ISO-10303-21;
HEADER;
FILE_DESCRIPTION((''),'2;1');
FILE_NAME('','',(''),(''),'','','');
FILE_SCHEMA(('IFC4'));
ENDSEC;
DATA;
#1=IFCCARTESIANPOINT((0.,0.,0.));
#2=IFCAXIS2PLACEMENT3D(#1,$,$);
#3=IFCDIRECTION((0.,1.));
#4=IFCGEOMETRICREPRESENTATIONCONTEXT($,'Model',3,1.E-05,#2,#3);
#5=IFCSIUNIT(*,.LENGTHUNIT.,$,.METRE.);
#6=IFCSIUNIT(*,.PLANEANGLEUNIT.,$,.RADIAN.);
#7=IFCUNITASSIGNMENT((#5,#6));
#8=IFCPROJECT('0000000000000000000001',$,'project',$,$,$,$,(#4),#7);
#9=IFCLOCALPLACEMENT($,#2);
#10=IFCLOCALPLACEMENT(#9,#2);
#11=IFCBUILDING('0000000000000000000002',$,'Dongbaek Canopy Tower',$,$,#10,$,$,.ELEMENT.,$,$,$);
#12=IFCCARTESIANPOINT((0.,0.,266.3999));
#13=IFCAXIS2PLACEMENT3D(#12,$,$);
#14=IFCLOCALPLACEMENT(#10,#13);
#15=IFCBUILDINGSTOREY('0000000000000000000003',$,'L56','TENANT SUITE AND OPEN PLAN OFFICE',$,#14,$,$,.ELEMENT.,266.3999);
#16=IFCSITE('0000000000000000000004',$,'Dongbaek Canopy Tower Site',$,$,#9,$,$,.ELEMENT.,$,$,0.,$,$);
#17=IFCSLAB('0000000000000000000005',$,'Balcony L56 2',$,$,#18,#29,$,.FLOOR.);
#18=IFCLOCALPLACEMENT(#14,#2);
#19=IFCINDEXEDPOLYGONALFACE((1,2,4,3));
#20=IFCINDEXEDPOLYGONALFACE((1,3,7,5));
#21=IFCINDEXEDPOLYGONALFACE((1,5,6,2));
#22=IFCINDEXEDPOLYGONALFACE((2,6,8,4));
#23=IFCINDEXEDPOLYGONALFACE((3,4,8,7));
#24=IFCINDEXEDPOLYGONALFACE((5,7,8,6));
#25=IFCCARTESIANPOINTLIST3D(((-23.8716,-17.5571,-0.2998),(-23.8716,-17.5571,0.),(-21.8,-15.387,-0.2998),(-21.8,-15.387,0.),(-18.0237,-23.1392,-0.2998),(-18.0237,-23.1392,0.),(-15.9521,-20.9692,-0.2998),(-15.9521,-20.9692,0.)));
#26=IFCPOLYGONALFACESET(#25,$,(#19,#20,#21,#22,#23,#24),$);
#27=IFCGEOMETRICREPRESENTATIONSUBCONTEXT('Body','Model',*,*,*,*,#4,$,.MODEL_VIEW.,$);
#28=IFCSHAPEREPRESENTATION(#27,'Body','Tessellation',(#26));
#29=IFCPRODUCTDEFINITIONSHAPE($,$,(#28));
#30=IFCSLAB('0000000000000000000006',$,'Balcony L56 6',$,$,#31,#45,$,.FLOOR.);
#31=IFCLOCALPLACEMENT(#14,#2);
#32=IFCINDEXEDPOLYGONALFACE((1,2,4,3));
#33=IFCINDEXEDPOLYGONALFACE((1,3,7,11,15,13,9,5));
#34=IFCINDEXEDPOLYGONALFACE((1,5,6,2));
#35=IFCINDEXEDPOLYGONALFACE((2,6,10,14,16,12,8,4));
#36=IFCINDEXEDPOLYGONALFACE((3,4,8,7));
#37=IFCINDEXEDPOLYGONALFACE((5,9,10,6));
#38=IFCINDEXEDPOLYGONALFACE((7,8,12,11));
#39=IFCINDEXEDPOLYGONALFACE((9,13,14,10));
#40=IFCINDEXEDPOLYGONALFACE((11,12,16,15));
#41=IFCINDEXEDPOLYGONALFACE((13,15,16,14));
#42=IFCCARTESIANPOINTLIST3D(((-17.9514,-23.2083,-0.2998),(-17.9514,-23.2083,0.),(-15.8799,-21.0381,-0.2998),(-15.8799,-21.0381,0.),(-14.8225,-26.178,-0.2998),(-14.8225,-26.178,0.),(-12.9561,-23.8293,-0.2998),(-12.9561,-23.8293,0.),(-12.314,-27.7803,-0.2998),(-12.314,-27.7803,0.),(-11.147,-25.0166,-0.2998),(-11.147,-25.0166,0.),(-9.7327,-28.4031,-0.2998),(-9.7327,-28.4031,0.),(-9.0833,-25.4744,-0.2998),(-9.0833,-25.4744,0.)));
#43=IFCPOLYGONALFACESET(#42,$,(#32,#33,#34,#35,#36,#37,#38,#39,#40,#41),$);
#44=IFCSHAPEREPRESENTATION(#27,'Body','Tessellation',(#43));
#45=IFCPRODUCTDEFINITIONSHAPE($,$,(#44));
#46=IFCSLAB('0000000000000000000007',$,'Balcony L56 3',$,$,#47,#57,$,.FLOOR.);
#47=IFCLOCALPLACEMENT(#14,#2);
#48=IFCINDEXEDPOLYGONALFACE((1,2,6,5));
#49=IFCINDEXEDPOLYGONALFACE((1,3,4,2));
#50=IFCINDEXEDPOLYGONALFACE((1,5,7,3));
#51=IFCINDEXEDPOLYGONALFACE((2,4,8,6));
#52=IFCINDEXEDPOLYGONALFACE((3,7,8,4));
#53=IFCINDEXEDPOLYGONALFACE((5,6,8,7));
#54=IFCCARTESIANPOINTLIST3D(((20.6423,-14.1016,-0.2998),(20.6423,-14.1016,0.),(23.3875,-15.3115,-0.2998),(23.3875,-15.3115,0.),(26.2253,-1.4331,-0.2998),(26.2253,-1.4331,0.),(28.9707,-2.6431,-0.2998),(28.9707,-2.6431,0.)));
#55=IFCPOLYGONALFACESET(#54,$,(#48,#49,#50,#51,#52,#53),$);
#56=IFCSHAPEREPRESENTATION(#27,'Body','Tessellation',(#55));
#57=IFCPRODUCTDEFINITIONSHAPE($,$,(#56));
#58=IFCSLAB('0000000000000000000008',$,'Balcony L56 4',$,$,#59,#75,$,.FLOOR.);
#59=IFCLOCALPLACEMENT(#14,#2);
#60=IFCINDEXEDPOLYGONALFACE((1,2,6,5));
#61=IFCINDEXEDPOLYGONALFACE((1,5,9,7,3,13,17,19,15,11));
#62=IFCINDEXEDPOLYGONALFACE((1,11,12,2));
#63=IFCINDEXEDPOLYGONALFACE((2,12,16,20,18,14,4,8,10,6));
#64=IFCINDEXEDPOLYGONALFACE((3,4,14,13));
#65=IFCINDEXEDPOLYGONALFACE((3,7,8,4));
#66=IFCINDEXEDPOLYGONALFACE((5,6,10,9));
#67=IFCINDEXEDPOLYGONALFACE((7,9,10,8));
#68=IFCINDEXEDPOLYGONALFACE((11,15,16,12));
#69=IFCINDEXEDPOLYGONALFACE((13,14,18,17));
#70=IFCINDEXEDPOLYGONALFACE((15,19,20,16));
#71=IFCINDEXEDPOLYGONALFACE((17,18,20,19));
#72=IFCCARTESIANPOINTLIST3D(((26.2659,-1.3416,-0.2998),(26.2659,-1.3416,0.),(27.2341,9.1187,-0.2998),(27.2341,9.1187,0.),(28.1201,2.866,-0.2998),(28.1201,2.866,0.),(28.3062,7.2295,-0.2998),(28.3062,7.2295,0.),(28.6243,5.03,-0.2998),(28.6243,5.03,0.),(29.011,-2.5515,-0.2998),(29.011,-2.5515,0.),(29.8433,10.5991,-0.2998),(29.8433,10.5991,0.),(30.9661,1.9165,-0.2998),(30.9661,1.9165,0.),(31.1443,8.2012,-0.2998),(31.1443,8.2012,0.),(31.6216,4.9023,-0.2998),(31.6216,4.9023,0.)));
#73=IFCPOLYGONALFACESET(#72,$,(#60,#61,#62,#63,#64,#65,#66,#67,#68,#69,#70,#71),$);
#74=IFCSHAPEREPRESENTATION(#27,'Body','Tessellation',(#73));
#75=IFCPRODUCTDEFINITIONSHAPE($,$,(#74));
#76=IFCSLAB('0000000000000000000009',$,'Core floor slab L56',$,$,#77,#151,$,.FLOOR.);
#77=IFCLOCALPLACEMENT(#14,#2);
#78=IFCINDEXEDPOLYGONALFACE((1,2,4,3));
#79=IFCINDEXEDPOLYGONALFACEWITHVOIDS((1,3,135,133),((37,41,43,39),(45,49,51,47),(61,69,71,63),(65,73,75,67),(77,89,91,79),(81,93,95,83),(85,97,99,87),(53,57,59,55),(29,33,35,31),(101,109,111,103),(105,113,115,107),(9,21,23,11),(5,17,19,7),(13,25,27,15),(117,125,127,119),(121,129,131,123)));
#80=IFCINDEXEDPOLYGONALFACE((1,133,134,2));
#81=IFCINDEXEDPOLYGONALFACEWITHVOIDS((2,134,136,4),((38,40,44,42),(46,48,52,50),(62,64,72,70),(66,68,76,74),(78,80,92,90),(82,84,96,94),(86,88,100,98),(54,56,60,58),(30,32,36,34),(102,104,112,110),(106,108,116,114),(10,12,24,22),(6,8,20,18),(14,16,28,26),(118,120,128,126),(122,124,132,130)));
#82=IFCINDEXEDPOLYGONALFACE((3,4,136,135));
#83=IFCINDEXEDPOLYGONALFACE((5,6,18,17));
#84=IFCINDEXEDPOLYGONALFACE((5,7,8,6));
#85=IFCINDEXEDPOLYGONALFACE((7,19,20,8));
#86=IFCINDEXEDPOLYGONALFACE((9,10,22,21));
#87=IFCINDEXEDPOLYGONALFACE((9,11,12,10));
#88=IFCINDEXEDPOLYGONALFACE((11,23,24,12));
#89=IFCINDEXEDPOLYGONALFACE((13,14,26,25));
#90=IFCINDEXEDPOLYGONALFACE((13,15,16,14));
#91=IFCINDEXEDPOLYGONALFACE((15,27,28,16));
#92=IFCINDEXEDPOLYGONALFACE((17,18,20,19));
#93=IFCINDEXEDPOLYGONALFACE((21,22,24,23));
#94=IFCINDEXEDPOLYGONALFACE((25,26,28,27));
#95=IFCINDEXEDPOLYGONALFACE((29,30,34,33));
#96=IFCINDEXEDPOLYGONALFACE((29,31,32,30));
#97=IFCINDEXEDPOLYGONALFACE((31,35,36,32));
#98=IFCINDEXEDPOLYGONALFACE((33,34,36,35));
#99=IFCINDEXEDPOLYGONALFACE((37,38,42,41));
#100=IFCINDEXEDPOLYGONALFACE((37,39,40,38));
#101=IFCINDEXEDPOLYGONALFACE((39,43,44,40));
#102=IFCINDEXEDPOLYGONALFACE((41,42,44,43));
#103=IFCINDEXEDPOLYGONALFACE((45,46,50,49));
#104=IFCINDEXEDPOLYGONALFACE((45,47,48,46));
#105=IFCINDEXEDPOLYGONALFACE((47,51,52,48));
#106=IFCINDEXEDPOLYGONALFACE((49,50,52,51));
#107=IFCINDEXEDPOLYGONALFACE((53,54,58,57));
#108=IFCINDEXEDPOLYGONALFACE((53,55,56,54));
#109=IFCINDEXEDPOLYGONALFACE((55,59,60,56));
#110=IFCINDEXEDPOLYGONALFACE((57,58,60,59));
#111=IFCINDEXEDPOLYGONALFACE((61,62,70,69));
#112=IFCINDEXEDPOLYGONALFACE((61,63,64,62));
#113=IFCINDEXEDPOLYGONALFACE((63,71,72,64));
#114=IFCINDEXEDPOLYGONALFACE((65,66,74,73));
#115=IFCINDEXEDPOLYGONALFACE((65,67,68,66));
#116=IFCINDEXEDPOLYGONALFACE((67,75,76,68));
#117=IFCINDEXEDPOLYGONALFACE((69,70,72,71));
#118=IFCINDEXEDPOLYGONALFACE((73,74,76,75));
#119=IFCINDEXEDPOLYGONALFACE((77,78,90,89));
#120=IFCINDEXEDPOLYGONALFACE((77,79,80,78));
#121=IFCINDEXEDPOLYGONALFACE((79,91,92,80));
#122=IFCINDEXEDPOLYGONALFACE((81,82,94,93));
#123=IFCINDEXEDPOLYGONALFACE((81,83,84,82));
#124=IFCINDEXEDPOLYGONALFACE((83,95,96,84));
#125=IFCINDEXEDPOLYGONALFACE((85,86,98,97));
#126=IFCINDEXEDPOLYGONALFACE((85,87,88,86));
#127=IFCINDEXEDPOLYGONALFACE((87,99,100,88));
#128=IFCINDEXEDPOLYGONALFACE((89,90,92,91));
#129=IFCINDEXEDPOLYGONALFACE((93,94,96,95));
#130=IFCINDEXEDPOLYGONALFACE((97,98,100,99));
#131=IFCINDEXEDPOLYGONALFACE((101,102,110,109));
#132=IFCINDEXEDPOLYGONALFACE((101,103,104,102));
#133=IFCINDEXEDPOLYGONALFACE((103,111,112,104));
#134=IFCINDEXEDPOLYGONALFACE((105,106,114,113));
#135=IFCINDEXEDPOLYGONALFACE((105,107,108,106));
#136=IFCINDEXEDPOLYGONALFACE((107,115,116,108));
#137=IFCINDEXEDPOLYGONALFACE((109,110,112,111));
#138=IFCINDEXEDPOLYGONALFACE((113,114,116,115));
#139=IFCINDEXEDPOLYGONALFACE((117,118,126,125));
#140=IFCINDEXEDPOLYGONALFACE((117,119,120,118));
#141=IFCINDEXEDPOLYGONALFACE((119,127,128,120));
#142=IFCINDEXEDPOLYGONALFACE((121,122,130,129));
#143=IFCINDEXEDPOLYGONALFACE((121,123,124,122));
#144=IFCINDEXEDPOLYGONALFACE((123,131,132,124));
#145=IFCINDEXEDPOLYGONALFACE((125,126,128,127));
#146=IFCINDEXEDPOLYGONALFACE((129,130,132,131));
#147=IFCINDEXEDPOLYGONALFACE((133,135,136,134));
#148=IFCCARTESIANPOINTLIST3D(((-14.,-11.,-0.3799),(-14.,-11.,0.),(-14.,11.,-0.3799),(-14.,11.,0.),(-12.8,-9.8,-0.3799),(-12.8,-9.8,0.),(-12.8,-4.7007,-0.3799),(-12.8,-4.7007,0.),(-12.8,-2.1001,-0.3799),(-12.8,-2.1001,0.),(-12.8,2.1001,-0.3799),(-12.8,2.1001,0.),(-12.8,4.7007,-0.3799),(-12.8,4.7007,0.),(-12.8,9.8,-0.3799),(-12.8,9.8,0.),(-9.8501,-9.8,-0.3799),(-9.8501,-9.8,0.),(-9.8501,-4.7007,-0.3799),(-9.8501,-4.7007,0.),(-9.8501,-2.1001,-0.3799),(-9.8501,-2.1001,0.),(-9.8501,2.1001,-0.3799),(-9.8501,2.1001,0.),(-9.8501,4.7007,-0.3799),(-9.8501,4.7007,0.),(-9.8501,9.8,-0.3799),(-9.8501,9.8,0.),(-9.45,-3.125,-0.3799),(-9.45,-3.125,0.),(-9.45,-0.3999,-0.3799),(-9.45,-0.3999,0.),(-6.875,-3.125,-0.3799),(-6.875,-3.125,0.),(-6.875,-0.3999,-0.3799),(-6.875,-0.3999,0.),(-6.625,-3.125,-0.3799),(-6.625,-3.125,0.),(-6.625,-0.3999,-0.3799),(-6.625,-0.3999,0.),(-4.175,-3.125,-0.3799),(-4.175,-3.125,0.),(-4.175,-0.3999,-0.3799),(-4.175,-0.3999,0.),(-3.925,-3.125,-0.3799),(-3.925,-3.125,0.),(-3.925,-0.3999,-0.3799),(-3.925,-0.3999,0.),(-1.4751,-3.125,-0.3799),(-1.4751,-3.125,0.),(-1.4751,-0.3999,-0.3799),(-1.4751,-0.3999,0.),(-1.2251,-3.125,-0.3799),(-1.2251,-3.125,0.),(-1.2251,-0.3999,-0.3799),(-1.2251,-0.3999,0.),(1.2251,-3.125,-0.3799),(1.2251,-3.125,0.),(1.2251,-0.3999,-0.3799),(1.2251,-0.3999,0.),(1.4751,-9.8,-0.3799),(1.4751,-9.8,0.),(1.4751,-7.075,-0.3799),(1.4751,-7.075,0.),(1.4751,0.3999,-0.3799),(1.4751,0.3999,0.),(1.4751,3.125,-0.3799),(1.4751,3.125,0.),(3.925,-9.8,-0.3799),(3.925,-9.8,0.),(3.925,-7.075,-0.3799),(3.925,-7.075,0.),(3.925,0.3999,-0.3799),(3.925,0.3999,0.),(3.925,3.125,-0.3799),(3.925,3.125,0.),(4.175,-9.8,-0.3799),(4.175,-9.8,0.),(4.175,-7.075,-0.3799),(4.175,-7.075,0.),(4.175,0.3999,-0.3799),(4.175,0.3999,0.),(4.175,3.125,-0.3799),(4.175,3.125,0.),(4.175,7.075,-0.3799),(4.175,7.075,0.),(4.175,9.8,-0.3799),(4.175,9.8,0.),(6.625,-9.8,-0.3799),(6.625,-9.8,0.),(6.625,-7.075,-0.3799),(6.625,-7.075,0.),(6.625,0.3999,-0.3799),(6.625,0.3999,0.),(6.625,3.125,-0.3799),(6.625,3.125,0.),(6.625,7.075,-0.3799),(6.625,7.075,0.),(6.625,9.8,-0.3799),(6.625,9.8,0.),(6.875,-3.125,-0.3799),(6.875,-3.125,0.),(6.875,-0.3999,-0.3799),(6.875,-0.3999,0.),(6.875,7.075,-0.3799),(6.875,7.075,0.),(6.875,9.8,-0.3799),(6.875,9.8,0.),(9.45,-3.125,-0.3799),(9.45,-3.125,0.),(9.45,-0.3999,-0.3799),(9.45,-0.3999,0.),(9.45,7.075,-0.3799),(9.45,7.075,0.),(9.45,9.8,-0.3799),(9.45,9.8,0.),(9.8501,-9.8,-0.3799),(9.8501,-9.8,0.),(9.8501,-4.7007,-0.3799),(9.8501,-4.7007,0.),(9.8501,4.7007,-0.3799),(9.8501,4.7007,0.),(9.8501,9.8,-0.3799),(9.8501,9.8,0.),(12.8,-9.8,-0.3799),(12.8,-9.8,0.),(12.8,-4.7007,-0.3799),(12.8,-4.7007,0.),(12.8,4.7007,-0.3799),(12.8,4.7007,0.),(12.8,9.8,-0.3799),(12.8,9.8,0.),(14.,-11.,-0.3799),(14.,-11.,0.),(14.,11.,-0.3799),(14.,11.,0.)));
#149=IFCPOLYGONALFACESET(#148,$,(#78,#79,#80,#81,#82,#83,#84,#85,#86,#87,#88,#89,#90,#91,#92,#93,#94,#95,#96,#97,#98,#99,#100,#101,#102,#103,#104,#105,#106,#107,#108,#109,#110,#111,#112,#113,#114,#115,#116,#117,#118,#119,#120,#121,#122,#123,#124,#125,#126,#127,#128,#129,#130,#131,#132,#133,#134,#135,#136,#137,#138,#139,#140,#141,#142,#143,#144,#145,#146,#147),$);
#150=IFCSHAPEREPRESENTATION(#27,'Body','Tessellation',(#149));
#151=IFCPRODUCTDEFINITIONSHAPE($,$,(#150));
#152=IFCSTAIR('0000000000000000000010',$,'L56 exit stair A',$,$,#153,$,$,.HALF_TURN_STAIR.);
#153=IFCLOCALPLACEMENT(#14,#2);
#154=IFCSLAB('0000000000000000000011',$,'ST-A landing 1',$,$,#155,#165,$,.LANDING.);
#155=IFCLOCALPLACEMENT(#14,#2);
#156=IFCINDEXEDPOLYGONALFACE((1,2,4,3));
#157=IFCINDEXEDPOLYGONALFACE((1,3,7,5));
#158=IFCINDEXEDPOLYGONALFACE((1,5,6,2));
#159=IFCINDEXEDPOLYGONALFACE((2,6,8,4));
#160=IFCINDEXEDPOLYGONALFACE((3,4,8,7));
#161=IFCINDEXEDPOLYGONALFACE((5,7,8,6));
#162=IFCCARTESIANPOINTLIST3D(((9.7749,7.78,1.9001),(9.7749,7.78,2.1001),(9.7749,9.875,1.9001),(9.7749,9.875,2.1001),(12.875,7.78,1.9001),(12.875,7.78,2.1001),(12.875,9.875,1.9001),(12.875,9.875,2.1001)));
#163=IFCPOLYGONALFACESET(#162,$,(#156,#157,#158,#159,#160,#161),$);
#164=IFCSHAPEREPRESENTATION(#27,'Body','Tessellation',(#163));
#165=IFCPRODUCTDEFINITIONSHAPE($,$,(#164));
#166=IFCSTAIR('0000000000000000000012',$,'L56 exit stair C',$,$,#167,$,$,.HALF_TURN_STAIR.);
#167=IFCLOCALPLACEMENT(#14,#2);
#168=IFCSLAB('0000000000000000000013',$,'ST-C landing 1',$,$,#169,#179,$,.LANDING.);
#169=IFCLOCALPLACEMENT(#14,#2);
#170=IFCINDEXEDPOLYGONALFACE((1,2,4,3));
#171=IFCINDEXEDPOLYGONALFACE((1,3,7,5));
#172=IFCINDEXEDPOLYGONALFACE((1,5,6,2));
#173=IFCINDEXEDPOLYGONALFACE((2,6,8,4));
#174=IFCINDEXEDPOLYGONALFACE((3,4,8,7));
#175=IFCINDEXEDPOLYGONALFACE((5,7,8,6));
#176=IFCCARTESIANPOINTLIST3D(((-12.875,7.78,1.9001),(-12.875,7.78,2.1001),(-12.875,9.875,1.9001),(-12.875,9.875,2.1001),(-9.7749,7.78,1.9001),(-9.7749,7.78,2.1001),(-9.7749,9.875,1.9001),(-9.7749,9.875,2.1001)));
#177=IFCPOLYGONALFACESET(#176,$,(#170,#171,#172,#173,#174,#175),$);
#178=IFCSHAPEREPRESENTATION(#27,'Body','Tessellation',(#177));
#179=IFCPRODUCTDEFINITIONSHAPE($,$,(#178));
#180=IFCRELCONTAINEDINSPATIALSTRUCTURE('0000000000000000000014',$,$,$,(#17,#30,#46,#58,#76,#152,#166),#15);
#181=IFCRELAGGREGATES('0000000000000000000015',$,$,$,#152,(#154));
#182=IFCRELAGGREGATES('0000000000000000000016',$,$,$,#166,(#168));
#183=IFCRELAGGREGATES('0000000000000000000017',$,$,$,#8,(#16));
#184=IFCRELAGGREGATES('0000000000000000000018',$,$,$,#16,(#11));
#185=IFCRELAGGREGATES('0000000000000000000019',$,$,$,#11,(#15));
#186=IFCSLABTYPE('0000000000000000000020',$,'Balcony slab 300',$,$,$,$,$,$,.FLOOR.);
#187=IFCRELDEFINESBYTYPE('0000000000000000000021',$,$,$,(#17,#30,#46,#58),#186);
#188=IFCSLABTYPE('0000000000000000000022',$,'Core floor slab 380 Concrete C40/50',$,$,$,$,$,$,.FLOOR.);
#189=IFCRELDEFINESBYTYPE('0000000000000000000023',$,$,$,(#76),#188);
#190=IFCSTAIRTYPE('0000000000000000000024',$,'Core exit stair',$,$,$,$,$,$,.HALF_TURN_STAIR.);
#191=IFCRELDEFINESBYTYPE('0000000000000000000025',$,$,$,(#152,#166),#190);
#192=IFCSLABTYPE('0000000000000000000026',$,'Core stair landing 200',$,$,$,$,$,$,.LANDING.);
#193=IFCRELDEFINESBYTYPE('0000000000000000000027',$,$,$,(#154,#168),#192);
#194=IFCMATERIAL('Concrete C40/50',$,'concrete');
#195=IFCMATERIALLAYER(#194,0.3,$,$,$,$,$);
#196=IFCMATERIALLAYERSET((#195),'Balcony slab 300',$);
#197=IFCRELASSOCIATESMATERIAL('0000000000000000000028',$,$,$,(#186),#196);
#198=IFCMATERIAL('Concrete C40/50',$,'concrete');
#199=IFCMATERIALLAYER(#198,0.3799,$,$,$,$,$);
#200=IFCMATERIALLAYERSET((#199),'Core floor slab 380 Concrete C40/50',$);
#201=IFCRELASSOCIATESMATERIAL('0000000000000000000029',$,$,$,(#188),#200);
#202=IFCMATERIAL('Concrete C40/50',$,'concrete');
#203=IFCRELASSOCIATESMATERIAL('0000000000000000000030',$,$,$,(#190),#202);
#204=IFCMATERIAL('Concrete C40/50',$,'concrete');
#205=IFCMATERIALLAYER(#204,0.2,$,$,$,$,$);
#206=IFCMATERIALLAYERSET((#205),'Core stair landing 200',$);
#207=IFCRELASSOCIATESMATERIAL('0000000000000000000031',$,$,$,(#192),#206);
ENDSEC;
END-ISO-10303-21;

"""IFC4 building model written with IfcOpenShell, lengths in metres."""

from ifc_helpers import new_model, si_unit, direction, frame, origin, place, context, subcontext, project, spatial, polyline, outline, extrude, material, layer, layer_set, type_object, element, aggregate, save


model = new_model("IFC4")

# Units and contexts
model_context = context("Model", 3, precision=1e-05, world=origin(), true_north=direction((0.0, 1.0)))
body_context = subcontext(model_context, "Body", "Model", "MODEL_VIEW")
ifc_project = project(units=[si_unit("LENGTHUNIT", "METRE"), si_unit("PLANEANGLEUNIT", "RADIAN")], contexts=[model_context])

# Site, building, storey
site_placement = place(None, origin())
site = spatial("IfcSite", under=ifc_project, at=site_placement, Name="Dongbaek Canopy Tower Site", CompositionType="ELEMENT", RefElevation=0.0)
building_placement = place(site_placement, origin())
building = spatial("IfcBuilding", under=site, at=building_placement, Name="Dongbaek Canopy Tower", CompositionType="ELEMENT")
storey_placement = place(building_placement, frame((0.0, 0.0, 266.3999)))
storey = spatial("IfcBuildingStorey", under=building, at=storey_placement, Name="L56", Description="TENANT SUITE AND OPEN PLAN OFFICE", CompositionType="ELEMENT", Elevation=266.3999)

# Slabs
ifc_material_1 = material(Name="Concrete C40/50", Category="concrete")
ifc_layer_1 = layer(ifc_material_1, 0.3)
ifc_layer_set_1 = layer_set([ifc_layer_1], Name="Balcony slab 300")
slab_type_1 = type_object("IfcSlabType", Name="Balcony slab 300", PredefinedType="FLOOR", material=ifc_layer_set_1)
slab_1_placement = place(storey_placement, frame((0.0, 0.0, -0.2998)))
element("IfcSlab", 1, at=slab_1_placement, inside=storey, type_object=slab_type_1, Name="Balcony L56 2", PredefinedType="FLOOR", context=body_context, shape_type="SweptSolid", body=[
    extrude(outline(polyline([(-21.8, -15.387), (-15.9521, -20.9692), (-18.0237, -23.1392), (-23.8716, -17.5571), (-21.8, -15.387)])), origin(), (0.0, 0.0, 1.0), 0.2998),
])
slab_2_placement = place(storey_placement, frame((0.0, 0.0, -0.2998)))
element("IfcSlab", 2, at=slab_2_placement, inside=storey, type_object=slab_type_1, Name="Balcony L56 6", PredefinedType="FLOOR", context=body_context, shape_type="SweptSolid", body=[
    extrude(outline(polyline([(-15.8799, -21.0381), (-12.9561, -23.8293), (-11.147, -25.0166), (-9.0833, -25.4744), (-9.7327, -28.4031), (-12.314, -27.7803), (-14.8225, -26.178), (-17.9514, -23.2083), (-15.8799, -21.0381)])), origin(), (0.0, 0.0, 1.0), 0.2998),
])
slab_3_placement = place(storey_placement, frame((0.0, 0.0, -0.2998)))
element("IfcSlab", 3, at=slab_3_placement, inside=storey, type_object=slab_type_1, Name="Balcony L56 3", PredefinedType="FLOOR", context=body_context, shape_type="SweptSolid", body=[
    extrude(outline(polyline([(20.6423, -14.1016), (26.2253, -1.4331), (28.9707, -2.6431), (23.3875, -15.3115), (20.6423, -14.1016)])), origin(), (0.0, 0.0, 1.0), 0.2998),
])
slab_4_placement = place(storey_placement, frame((0.0, 0.0, -0.2998)))
element("IfcSlab", 4, at=slab_4_placement, inside=storey, type_object=slab_type_1, Name="Balcony L56 4", PredefinedType="FLOOR", context=body_context, shape_type="SweptSolid", body=[
    extrude(outline(polyline([(26.2659, -1.3416), (28.1201, 2.866), (28.6243, 5.03), (28.3062, 7.2295), (27.2341, 9.1187), (29.8433, 10.5991), (31.1443, 8.2012), (31.6216, 4.9023), (30.9661, 1.9165), (29.011, -2.5515), (26.2659, -1.3416)])), origin(), (0.0, 0.0, 1.0), 0.2998),
])
ifc_material_2 = material(Name="Concrete C40/50", Category="concrete")
ifc_layer_2 = layer(ifc_material_2, 0.3799)
ifc_layer_set_2 = layer_set([ifc_layer_2], Name="Core floor slab 380 Concrete C40/50")
slab_type_2 = type_object("IfcSlabType", Name="Core floor slab 380 Concrete C40/50", PredefinedType="FLOOR", material=ifc_layer_set_2)
slab_5_placement = place(storey_placement, frame((0.0, 0.0, -0.3799)))
element("IfcSlab", 5, at=slab_5_placement, inside=storey, type_object=slab_type_2, Name="Core floor slab L56", PredefinedType="FLOOR", context=body_context, shape_type="SweptSolid", body=[
    extrude(outline(polyline([(14.0, -11.0), (14.0, 11.0), (-14.0, 11.0), (-14.0, -11.0), (14.0, -11.0)]), holes=[polyline([(-12.8, 2.1001), (-9.8501, 2.1001), (-9.8501, -2.1001), (-12.8, -2.1001), (-12.8, 2.1001)]), polyline([(6.625, 9.8), (6.625, 7.075), (4.175, 7.075), (4.175, 9.8), (6.625, 9.8)]), polyline([(9.45, 7.075), (6.875, 7.075), (6.875, 9.8), (9.45, 9.8), (9.45, 7.075)]), polyline([(1.4751, 0.3999), (1.4751, 3.125), (3.925, 3.125), (3.925, 0.3999), (1.4751, 0.3999)]), polyline([(4.175, 0.3999), (4.175, 3.125), (6.625, 3.125), (6.625, 0.3999), (4.175, 0.3999)]), polyline([(-9.45, -0.3999), (-6.875, -0.3999), (-6.875, -3.125), (-9.45, -3.125), (-9.45, -0.3999)]), polyline([(-6.625, -3.125), (-6.625, -0.3999), (-4.175, -0.3999), (-4.175, -3.125), (-6.625, -3.125)]), polyline([(-3.925, -3.125), (-3.925, -0.3999), (-1.4751, -0.3999), (-1.4751, -3.125), (-3.925, -3.125)]), polyline([(-1.2251, -3.125), (-1.2251, -0.3999), (1.2251, -0.3999), (1.2251, -3.125), (-1.2251, -3.125)]), polyline([(9.45, -3.125), (6.875, -3.125), (6.875, -0.3999), (9.45, -0.3999), (9.45, -3.125)]), polyline([(1.4751, -9.8), (1.4751, -7.075), (3.925, -7.075), (3.925, -9.8), (1.4751, -9.8)]), polyline([(4.175, -9.8), (4.175, -7.075), (6.625, -7.075), (6.625, -9.8), (4.175, -9.8)]), polyline([(12.8, 4.7007), (12.8, 9.8), (9.8501, 9.8), (9.8501, 4.7007), (12.8, 4.7007)]), polyline([(-9.8501, 4.7007), (-9.8501, 9.8), (-12.8, 9.8), (-12.8, 4.7007), (-9.8501, 4.7007)]), polyline([(9.8501, -4.7007), (9.8501, -9.8), (12.8, -9.8), (12.8, -4.7007), (9.8501, -4.7007)]), polyline([(-12.8, -4.7007), (-12.8, -9.8), (-9.8501, -9.8), (-9.8501, -4.7007), (-12.8, -4.7007)])]), origin(), (0.0, 0.0, 1.0), 0.3799),
])

# Stairs, slabs
ifc_material_3 = material(Name="Concrete C40/50", Category="concrete")
stair_type = type_object("IfcStairType", Name="Core exit stair", PredefinedType="HALF_TURN_STAIR", material=ifc_material_3)
stair_1_placement = place(storey_placement, origin())
stair_1 = element("IfcStair", 6, at=stair_1_placement, inside=storey, type_object=stair_type, Name="L56 exit stair A", PredefinedType="HALF_TURN_STAIR")
ifc_material_4 = material(Name="Concrete C40/50", Category="concrete")
ifc_layer_3 = layer(ifc_material_4, 0.2)
ifc_layer_set_3 = layer_set([ifc_layer_3], Name="Core stair landing 200")
slab_type_3 = type_object("IfcSlabType", Name="Core stair landing 200", PredefinedType="LANDING", material=ifc_layer_set_3)
slab_6_placement = place(storey_placement, frame((0.0, 0.0, 1.9001)))
slab_6 = element("IfcSlab", 7, at=slab_6_placement, type_object=slab_type_3, Name="ST-A landing 1", PredefinedType="LANDING", context=body_context, shape_type="SweptSolid", body=[
    extrude(outline(polyline([(12.875, 7.78), (12.875, 9.875), (9.7749, 9.875), (9.7749, 7.78), (12.875, 7.78)])), origin(), (0.0, 0.0, 1.0), 0.2),
])
aggregate(stair_1, [slab_6])
stair_2_placement = place(storey_placement, origin())
stair_2 = element("IfcStair", 8, at=stair_2_placement, inside=storey, type_object=stair_type, Name="L56 exit stair C", PredefinedType="HALF_TURN_STAIR")
slab_7_placement = place(storey_placement, frame((0.0, 0.0, 1.9001)))
slab_7 = element("IfcSlab", 9, at=slab_7_placement, type_object=slab_type_3, Name="ST-C landing 1", PredefinedType="LANDING", context=body_context, shape_type="SweptSolid", body=[
    extrude(outline(polyline([(-9.7749, 7.78), (-9.7749, 9.875), (-12.875, 9.875), (-12.875, 7.78), (-9.7749, 7.78)])), origin(), (0.0, 0.0, 1.0), 0.2),
])

aggregate(stair_2, [slab_7])

save(model, "model.ifc")
